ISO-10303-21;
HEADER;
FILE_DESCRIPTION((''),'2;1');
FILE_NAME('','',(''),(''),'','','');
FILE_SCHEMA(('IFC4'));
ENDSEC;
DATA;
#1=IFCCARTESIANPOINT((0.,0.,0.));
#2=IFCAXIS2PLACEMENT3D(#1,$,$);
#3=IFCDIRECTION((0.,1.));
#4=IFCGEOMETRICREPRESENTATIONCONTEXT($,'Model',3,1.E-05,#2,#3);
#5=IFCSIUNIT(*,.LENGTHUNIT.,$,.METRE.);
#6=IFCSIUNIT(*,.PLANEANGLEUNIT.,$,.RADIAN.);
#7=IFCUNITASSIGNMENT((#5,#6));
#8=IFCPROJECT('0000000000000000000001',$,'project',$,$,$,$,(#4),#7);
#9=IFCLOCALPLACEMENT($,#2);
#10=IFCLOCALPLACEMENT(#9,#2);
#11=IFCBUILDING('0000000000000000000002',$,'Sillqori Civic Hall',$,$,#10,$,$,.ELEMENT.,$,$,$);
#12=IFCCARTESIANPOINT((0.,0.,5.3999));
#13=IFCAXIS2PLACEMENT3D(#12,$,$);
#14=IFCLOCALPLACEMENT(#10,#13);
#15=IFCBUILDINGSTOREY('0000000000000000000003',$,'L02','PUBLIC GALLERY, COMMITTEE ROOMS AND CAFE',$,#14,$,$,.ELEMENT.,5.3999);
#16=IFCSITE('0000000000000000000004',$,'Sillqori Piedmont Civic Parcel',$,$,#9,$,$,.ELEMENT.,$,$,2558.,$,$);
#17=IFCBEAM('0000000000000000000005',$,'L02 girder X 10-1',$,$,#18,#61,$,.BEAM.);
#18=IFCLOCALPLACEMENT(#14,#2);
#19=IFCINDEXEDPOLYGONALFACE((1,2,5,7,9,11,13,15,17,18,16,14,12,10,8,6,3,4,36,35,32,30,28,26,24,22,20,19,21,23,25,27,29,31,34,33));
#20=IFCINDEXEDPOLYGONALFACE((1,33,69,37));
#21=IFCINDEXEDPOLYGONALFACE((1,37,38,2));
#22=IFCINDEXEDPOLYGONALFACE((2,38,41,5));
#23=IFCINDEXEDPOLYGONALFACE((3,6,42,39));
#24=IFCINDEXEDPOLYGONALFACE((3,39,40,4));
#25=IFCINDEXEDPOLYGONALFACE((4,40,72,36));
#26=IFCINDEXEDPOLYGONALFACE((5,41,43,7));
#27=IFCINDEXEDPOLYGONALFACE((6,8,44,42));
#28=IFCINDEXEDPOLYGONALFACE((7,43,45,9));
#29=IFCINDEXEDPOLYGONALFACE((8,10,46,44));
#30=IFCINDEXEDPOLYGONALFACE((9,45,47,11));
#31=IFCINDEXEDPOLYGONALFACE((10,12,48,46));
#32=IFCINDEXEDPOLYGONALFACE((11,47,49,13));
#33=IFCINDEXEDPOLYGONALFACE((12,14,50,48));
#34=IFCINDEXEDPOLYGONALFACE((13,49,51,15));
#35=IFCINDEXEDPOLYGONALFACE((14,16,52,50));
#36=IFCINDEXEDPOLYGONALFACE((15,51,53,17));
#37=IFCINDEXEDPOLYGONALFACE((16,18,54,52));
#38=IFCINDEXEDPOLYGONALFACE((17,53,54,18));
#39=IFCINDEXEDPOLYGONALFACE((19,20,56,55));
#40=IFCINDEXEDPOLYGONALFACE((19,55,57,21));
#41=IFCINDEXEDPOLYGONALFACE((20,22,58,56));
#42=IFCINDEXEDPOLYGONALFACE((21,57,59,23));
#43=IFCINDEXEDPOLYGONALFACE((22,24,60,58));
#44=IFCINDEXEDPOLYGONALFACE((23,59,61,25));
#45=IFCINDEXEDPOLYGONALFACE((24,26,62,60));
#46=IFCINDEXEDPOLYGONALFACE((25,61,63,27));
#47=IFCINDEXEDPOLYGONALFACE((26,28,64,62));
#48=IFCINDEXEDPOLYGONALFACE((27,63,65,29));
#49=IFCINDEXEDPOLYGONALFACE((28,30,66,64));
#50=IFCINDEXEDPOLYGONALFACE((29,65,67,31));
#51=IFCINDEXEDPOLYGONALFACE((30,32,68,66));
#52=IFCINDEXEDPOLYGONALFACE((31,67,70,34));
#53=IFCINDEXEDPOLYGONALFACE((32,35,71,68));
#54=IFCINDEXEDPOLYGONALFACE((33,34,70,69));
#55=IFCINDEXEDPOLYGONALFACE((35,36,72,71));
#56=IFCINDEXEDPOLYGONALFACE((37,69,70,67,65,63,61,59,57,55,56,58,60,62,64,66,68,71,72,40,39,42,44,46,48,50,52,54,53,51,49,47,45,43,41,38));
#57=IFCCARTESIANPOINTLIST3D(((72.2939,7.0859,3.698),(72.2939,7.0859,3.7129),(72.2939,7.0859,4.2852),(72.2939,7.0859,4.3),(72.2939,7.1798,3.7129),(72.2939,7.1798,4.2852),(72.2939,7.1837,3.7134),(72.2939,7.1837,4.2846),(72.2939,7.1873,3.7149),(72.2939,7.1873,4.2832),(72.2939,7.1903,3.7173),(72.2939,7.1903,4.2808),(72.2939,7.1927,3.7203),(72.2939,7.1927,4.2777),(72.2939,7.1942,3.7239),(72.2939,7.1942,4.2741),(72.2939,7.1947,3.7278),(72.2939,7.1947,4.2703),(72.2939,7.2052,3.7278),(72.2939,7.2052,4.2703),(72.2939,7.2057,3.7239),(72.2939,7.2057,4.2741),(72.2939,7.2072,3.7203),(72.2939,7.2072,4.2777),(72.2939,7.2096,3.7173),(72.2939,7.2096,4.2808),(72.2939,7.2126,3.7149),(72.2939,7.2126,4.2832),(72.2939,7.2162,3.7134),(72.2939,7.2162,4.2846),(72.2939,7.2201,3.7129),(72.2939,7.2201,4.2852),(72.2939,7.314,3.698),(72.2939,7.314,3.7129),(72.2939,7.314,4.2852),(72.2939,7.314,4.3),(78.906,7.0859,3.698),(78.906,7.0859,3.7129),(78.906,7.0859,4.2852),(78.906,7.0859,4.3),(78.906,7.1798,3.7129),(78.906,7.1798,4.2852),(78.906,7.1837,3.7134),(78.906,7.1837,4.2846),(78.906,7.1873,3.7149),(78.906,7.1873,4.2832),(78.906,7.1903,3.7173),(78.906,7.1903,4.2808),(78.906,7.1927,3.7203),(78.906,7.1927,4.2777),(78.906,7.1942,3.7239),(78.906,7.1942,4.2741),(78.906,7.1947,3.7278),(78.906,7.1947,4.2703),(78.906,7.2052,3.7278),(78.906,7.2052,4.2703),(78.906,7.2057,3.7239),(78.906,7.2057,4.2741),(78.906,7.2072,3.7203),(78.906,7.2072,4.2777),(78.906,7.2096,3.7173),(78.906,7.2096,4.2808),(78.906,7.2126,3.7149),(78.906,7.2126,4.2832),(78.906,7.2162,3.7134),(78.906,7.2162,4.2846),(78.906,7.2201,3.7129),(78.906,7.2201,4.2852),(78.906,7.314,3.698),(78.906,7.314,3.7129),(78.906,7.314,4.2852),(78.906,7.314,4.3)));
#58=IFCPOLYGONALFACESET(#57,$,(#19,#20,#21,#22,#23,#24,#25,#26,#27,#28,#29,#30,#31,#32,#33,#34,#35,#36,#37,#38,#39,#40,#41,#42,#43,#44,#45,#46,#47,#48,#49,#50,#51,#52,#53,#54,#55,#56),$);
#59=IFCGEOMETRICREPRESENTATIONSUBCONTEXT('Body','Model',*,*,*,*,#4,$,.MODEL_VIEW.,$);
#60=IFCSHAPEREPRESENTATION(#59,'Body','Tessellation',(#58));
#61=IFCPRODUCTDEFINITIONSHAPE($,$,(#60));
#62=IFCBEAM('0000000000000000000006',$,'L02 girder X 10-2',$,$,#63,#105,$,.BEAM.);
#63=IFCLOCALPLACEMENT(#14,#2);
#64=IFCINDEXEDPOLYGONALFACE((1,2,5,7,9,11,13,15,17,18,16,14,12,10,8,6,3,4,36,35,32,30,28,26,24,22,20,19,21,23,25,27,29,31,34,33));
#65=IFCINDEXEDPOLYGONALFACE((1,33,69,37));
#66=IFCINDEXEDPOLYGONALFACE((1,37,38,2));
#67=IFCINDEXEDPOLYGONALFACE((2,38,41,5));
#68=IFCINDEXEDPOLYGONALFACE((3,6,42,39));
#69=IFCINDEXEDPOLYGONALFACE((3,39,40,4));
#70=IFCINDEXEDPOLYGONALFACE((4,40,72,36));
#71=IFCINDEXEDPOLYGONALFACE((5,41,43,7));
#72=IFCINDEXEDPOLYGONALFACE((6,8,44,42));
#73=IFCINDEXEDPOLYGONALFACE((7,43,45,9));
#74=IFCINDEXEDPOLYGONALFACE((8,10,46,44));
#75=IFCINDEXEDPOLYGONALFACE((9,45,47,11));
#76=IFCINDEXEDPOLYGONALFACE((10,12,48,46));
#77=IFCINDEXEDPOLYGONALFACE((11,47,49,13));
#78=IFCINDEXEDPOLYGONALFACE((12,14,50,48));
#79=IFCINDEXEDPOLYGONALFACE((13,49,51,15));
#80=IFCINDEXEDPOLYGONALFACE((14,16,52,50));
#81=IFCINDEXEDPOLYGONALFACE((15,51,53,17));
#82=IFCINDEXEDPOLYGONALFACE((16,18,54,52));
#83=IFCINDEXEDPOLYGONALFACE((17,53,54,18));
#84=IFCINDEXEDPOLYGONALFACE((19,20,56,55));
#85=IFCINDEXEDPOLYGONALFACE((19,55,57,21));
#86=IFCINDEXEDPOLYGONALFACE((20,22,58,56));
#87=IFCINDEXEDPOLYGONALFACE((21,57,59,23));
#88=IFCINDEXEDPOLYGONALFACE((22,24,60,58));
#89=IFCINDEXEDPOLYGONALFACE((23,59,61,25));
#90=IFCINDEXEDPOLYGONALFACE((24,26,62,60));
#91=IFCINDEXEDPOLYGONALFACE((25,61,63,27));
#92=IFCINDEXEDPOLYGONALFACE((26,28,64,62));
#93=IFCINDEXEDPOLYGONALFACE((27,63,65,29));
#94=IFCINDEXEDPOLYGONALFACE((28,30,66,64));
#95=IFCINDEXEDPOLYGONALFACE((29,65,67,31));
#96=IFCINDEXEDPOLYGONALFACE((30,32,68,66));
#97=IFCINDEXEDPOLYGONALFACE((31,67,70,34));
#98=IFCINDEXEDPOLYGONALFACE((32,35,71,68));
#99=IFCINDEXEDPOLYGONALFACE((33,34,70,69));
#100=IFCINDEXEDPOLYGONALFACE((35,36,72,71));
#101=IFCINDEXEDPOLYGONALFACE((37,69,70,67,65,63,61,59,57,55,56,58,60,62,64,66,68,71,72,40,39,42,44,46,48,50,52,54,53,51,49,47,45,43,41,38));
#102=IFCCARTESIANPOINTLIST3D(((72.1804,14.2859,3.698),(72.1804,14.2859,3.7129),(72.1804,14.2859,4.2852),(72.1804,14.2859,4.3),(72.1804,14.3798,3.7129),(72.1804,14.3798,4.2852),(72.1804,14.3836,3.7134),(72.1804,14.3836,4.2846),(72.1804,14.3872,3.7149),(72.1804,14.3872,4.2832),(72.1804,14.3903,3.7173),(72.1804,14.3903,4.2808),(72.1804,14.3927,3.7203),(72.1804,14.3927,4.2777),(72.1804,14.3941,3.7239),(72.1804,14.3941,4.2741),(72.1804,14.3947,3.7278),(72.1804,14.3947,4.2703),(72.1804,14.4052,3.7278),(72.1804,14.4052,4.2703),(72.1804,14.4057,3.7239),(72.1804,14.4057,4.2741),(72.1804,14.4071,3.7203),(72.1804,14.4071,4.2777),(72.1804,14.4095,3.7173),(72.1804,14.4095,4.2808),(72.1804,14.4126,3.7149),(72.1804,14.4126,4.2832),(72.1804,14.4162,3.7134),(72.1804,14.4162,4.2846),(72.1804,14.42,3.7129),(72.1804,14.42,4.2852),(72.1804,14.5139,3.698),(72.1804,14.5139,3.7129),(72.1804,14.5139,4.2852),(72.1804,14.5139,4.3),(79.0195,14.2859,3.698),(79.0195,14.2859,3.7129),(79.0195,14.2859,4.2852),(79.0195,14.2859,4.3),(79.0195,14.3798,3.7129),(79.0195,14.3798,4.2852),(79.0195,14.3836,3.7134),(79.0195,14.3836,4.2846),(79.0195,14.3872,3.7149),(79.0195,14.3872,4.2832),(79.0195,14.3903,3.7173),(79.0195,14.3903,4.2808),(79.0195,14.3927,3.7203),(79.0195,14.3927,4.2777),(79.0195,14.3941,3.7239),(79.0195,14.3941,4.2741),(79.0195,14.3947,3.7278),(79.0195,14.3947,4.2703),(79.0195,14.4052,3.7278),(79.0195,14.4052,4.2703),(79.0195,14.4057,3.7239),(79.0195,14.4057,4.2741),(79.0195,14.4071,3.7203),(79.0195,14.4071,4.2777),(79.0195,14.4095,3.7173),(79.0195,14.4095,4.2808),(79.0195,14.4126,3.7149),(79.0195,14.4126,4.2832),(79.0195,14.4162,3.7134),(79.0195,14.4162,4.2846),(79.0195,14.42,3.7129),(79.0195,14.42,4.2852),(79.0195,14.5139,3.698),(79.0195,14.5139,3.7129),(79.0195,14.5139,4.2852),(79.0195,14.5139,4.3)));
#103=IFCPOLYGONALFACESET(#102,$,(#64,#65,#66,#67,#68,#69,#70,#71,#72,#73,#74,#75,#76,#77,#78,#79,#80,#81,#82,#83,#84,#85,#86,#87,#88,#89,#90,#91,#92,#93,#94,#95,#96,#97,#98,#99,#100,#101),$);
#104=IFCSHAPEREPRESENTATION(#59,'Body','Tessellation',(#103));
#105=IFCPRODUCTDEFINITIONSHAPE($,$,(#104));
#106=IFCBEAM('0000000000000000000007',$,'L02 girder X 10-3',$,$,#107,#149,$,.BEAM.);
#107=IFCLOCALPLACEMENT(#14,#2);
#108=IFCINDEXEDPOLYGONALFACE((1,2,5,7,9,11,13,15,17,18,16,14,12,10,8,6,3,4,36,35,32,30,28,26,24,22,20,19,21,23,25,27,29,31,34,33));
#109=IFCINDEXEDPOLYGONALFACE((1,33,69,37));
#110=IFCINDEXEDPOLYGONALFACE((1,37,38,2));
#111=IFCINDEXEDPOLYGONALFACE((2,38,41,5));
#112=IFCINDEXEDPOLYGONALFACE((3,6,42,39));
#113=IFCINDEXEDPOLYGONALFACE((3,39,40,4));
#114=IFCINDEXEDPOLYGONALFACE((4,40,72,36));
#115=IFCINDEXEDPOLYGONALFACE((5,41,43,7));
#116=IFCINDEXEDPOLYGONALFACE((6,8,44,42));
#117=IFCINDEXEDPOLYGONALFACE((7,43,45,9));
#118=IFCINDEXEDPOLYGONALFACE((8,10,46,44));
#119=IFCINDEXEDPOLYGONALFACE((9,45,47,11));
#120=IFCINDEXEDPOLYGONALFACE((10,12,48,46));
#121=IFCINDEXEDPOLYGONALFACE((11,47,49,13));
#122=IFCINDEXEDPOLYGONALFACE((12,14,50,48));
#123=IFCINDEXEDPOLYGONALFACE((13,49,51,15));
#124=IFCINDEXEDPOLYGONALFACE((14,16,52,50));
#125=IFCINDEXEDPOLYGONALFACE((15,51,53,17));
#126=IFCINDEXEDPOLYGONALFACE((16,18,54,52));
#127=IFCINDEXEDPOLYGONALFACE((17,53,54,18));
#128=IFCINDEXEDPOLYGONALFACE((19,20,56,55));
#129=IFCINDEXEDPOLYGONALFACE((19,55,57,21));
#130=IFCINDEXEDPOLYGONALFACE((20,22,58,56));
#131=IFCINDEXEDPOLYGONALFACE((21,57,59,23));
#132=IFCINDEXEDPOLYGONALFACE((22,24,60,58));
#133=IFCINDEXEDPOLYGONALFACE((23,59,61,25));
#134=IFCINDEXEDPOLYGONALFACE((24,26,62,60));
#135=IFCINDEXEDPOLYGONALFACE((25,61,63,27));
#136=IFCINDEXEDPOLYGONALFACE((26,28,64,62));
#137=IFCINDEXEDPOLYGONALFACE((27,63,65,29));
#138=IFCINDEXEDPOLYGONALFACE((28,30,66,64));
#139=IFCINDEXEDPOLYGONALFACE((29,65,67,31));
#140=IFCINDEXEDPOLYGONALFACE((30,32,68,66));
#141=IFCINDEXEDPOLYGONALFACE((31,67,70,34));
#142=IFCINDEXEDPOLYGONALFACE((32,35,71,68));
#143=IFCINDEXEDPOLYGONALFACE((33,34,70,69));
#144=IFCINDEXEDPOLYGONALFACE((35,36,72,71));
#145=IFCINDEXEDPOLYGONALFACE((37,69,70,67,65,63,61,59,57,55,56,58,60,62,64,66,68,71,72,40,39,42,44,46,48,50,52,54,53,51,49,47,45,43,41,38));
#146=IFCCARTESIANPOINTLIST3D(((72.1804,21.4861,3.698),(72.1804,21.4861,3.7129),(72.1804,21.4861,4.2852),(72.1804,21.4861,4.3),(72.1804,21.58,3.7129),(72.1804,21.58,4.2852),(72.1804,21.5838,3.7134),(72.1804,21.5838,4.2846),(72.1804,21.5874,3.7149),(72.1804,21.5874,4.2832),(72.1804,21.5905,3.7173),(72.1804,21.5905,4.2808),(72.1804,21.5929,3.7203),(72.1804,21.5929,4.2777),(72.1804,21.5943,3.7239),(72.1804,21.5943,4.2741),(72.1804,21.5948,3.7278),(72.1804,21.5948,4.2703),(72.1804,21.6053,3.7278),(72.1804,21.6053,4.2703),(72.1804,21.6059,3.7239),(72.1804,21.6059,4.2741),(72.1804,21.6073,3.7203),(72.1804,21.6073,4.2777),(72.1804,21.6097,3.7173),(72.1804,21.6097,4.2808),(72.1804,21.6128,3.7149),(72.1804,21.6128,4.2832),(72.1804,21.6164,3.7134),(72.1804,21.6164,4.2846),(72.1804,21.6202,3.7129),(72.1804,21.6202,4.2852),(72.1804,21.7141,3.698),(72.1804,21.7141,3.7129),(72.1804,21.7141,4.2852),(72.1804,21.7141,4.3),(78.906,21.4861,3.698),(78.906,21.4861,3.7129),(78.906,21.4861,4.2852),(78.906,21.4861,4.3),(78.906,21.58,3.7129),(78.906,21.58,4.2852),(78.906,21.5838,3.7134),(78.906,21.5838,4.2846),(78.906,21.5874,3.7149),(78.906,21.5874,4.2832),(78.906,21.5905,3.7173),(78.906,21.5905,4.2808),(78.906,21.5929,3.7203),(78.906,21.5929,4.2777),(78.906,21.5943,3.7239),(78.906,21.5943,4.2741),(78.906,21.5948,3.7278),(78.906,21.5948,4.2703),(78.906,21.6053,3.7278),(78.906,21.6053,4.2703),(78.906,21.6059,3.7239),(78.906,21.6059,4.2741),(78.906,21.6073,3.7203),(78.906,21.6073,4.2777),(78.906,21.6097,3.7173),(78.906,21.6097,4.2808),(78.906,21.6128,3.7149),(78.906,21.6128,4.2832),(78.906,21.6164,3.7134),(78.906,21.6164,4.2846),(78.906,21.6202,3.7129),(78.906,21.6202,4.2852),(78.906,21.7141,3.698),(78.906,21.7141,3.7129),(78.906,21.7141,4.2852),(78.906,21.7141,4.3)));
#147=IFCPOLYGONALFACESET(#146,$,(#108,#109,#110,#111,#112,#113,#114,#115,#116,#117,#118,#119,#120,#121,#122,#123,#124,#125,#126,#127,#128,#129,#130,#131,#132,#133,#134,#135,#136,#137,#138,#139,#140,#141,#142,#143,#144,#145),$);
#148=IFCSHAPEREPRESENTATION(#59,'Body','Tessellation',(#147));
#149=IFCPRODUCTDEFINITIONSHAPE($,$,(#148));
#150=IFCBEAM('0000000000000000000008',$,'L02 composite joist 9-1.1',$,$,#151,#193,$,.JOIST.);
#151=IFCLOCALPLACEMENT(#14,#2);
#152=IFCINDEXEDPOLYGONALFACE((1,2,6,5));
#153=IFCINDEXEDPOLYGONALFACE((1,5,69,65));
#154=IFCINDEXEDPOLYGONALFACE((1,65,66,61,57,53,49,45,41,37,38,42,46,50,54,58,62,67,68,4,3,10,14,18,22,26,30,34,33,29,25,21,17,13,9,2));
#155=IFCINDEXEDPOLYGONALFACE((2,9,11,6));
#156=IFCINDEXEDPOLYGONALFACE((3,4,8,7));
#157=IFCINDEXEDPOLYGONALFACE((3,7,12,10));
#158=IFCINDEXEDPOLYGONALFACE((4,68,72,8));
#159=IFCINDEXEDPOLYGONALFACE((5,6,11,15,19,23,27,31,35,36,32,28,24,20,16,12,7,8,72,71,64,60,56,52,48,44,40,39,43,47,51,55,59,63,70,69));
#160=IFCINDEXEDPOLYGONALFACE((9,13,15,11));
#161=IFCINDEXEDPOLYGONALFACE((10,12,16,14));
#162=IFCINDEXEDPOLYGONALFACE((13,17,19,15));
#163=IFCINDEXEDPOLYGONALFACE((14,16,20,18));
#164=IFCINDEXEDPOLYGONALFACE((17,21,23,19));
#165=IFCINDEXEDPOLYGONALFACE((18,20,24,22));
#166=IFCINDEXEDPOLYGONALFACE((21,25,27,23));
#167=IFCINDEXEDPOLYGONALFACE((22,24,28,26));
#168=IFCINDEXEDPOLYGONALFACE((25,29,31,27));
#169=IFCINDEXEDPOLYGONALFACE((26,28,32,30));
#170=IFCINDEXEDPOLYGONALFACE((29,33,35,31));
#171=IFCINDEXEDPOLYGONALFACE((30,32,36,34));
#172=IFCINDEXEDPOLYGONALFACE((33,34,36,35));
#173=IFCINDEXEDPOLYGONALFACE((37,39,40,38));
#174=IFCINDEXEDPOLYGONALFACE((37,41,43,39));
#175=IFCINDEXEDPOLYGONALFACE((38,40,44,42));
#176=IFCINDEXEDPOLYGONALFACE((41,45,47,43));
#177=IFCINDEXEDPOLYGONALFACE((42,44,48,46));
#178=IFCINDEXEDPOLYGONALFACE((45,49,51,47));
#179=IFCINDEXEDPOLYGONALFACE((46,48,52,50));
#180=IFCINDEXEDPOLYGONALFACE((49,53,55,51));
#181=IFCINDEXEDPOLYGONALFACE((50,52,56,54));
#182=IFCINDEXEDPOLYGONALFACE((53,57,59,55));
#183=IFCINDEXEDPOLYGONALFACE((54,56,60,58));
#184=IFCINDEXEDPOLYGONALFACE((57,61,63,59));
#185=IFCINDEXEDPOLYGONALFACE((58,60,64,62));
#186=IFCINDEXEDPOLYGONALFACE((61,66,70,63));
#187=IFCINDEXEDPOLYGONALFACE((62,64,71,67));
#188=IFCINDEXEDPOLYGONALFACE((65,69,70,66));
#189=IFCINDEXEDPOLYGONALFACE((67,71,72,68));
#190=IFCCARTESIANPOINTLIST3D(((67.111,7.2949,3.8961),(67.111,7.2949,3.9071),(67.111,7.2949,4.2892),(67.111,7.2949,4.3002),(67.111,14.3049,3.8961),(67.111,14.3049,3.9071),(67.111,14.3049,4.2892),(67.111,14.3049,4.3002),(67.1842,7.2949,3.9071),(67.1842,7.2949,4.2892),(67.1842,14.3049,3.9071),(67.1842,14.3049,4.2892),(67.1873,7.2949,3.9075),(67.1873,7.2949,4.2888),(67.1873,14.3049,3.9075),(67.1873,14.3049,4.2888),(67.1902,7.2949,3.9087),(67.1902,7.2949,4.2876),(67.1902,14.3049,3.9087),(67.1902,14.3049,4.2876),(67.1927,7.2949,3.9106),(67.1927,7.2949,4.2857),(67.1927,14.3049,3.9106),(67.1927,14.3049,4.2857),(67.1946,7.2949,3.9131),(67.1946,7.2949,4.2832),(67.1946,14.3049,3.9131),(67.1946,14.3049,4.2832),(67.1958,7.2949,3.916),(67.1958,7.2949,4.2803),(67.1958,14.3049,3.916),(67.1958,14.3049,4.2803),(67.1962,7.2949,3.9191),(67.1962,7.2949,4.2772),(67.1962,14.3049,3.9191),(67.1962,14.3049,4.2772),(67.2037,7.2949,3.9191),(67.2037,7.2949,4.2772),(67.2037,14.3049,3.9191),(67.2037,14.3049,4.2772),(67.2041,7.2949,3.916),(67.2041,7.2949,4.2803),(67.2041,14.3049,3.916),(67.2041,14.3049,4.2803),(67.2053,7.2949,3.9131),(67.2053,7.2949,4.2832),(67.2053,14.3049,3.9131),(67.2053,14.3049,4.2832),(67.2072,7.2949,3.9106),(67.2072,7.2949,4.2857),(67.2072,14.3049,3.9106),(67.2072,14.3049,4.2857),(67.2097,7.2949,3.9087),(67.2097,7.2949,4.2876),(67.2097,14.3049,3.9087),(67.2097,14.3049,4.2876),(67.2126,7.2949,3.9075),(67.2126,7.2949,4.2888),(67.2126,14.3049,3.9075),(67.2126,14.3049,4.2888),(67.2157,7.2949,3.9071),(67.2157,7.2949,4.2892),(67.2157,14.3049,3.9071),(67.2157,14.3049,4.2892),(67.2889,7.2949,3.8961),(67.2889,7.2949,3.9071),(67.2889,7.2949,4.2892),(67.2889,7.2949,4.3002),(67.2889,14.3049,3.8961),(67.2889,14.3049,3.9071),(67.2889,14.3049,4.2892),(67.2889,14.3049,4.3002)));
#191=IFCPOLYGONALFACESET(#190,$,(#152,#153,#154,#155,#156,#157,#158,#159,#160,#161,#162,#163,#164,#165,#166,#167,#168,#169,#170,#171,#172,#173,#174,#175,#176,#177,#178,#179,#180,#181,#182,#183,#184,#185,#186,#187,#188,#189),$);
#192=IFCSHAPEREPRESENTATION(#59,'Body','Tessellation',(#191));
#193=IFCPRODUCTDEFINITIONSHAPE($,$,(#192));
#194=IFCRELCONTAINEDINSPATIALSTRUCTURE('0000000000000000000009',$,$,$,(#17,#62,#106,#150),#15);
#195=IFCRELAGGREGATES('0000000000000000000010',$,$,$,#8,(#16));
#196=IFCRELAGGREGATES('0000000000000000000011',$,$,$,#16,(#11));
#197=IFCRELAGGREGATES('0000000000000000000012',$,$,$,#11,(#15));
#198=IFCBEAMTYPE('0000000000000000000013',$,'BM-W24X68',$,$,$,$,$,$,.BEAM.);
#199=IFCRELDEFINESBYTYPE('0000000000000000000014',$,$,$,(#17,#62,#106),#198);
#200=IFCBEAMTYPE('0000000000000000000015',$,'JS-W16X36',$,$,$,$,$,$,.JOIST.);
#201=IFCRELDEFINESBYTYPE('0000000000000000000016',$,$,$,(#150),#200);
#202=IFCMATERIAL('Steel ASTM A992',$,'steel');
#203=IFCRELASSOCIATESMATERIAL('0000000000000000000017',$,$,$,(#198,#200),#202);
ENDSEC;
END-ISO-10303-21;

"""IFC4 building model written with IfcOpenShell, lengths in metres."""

from ifc_helpers import new_model, si_unit, direction, frame, origin, origin_2d, place, context, subcontext, project, spatial, i_section, extrude, material, material_profile, profile_set, type_object, element, save


model = new_model("IFC4")

# Units and contexts
model_context = context("Model", 3, precision=1e-05, world=origin(), true_north=direction((0.0, 1.0)))
body_context = subcontext(model_context, "Body", "Model", "MODEL_VIEW")
ifc_project = project(units=[si_unit("LENGTHUNIT", "METRE"), si_unit("PLANEANGLEUNIT", "RADIAN")], contexts=[model_context])

# Site, building, storey
site_placement = place(None, origin())
site = spatial("IfcSite", under=ifc_project, at=site_placement, Name="Sillqori Piedmont Civic Parcel", CompositionType="ELEMENT", RefElevation=2558.0)
building_placement = place(site_placement, origin())
building = spatial("IfcBuilding", under=site, at=building_placement, Name="Sillqori Civic Hall", CompositionType="ELEMENT")
storey_placement = place(building_placement, frame((0.0, 0.0, 5.3999)))
storey = spatial("IfcBuildingStorey", under=building, at=storey_placement, Name="L02", Description="PUBLIC GALLERY, COMMITTEE ROOMS AND CAFE", CompositionType="ELEMENT", Elevation=5.3999)

# Shared definitions
ifc_material_1 = material(Name="Steel ASTM A992", Category="steel")

# Beams
ifc_material_profile_1 = material_profile(ifc_material_1, i_section(OverallWidth=0.228, OverallDepth=0.6021, WebThickness=0.0105, FlangeThickness=0.0149, FilletRadius=0.0149, at=origin_2d()), Name="W24X68")
ifc_profile_set_1 = profile_set([ifc_material_profile_1], Name="Steel ASTM A992")
beam_type_1 = type_object("IfcBeamType", Name="BM-W24X68", PredefinedType="BEAM", material=ifc_profile_set_1)
beam_1_placement = place(storey_placement, frame((72.2939, 7.2, 3.999), z_axis=(1.0, 0.0, 0.0), x_axis=(0.0, 1.0, 0.0)))
element("IfcBeam", 1, at=beam_1_placement, inside=storey, type_object=beam_type_1, Name="L02 girder X 10-1", PredefinedType="BEAM", context=body_context, shape_type="SweptSolid", body=[
    extrude(i_section(OverallWidth=0.228, OverallDepth=0.6021, WebThickness=0.0105, FlangeThickness=0.0149, FilletRadius=0.0149, at=origin_2d()), origin(), (0.0, 0.0, 1.0), 6.6121),
])
beam_2_placement = place(storey_placement, frame((72.1804, 14.3999, 3.999), z_axis=(1.0, 0.0, 0.0), x_axis=(0.0, 1.0, 0.0)))
element("IfcBeam", 2, at=beam_2_placement, inside=storey, type_object=beam_type_1, Name="L02 girder X 10-2", PredefinedType="BEAM", context=body_context, shape_type="SweptSolid", body=[
    extrude(i_section(OverallWidth=0.228, OverallDepth=0.6021, WebThickness=0.0105, FlangeThickness=0.0149, FilletRadius=0.0149, at=origin_2d()), origin(), (0.0, 0.0, 1.0), 6.8391),
])
beam_3_placement = place(storey_placement, frame((72.1804, 21.6001, 3.999), z_axis=(1.0, 0.0, 0.0), x_axis=(0.0, 1.0, 0.0)))
element("IfcBeam", 3, at=beam_3_placement, inside=storey, type_object=beam_type_1, Name="L02 girder X 10-3", PredefinedType="BEAM", context=body_context, shape_type="SweptSolid", body=[
    extrude(i_section(OverallWidth=0.228, OverallDepth=0.6021, WebThickness=0.0105, FlangeThickness=0.0149, FilletRadius=0.0149, at=origin_2d()), origin(), (0.0, 0.0, 1.0), 6.7256),
])
ifc_material_profile_2 = material_profile(ifc_material_1, i_section(OverallWidth=0.178, OverallDepth=0.4041, WebThickness=0.0076, FlangeThickness=0.011, FilletRadius=0.012, at=origin_2d()), Name="W16X36")
ifc_profile_set_2 = profile_set([ifc_material_profile_2], Name="Steel ASTM A992")
beam_type_2 = type_object("IfcBeamType", Name="JS-W16X36", PredefinedType="JOIST", material=ifc_profile_set_2)
for number, where, z_axis, x_axis, name in (
    (4, (67.2, 7.2949, 4.0981), (0.0, 1.0, 0.0), (-1.0, 0.0, 0.0), "L02 composite joist 9-1.1"),
):
    element("IfcBeam", number, at=place(storey_placement, frame(where, z_axis=z_axis, x_axis=x_axis)), inside=storey, type_object=beam_type_2, Name=name, PredefinedType="JOIST", context=body_context, shape_type="SweptSolid", body=[
        extrude(i_section(OverallWidth=0.178, OverallDepth=0.4041, WebThickness=0.0076, FlangeThickness=0.011, FilletRadius=0.012, at=origin_2d()), origin(), (0.0, 0.0, 1.0), 7.01),
    ])

save(model, "model.ifc")
